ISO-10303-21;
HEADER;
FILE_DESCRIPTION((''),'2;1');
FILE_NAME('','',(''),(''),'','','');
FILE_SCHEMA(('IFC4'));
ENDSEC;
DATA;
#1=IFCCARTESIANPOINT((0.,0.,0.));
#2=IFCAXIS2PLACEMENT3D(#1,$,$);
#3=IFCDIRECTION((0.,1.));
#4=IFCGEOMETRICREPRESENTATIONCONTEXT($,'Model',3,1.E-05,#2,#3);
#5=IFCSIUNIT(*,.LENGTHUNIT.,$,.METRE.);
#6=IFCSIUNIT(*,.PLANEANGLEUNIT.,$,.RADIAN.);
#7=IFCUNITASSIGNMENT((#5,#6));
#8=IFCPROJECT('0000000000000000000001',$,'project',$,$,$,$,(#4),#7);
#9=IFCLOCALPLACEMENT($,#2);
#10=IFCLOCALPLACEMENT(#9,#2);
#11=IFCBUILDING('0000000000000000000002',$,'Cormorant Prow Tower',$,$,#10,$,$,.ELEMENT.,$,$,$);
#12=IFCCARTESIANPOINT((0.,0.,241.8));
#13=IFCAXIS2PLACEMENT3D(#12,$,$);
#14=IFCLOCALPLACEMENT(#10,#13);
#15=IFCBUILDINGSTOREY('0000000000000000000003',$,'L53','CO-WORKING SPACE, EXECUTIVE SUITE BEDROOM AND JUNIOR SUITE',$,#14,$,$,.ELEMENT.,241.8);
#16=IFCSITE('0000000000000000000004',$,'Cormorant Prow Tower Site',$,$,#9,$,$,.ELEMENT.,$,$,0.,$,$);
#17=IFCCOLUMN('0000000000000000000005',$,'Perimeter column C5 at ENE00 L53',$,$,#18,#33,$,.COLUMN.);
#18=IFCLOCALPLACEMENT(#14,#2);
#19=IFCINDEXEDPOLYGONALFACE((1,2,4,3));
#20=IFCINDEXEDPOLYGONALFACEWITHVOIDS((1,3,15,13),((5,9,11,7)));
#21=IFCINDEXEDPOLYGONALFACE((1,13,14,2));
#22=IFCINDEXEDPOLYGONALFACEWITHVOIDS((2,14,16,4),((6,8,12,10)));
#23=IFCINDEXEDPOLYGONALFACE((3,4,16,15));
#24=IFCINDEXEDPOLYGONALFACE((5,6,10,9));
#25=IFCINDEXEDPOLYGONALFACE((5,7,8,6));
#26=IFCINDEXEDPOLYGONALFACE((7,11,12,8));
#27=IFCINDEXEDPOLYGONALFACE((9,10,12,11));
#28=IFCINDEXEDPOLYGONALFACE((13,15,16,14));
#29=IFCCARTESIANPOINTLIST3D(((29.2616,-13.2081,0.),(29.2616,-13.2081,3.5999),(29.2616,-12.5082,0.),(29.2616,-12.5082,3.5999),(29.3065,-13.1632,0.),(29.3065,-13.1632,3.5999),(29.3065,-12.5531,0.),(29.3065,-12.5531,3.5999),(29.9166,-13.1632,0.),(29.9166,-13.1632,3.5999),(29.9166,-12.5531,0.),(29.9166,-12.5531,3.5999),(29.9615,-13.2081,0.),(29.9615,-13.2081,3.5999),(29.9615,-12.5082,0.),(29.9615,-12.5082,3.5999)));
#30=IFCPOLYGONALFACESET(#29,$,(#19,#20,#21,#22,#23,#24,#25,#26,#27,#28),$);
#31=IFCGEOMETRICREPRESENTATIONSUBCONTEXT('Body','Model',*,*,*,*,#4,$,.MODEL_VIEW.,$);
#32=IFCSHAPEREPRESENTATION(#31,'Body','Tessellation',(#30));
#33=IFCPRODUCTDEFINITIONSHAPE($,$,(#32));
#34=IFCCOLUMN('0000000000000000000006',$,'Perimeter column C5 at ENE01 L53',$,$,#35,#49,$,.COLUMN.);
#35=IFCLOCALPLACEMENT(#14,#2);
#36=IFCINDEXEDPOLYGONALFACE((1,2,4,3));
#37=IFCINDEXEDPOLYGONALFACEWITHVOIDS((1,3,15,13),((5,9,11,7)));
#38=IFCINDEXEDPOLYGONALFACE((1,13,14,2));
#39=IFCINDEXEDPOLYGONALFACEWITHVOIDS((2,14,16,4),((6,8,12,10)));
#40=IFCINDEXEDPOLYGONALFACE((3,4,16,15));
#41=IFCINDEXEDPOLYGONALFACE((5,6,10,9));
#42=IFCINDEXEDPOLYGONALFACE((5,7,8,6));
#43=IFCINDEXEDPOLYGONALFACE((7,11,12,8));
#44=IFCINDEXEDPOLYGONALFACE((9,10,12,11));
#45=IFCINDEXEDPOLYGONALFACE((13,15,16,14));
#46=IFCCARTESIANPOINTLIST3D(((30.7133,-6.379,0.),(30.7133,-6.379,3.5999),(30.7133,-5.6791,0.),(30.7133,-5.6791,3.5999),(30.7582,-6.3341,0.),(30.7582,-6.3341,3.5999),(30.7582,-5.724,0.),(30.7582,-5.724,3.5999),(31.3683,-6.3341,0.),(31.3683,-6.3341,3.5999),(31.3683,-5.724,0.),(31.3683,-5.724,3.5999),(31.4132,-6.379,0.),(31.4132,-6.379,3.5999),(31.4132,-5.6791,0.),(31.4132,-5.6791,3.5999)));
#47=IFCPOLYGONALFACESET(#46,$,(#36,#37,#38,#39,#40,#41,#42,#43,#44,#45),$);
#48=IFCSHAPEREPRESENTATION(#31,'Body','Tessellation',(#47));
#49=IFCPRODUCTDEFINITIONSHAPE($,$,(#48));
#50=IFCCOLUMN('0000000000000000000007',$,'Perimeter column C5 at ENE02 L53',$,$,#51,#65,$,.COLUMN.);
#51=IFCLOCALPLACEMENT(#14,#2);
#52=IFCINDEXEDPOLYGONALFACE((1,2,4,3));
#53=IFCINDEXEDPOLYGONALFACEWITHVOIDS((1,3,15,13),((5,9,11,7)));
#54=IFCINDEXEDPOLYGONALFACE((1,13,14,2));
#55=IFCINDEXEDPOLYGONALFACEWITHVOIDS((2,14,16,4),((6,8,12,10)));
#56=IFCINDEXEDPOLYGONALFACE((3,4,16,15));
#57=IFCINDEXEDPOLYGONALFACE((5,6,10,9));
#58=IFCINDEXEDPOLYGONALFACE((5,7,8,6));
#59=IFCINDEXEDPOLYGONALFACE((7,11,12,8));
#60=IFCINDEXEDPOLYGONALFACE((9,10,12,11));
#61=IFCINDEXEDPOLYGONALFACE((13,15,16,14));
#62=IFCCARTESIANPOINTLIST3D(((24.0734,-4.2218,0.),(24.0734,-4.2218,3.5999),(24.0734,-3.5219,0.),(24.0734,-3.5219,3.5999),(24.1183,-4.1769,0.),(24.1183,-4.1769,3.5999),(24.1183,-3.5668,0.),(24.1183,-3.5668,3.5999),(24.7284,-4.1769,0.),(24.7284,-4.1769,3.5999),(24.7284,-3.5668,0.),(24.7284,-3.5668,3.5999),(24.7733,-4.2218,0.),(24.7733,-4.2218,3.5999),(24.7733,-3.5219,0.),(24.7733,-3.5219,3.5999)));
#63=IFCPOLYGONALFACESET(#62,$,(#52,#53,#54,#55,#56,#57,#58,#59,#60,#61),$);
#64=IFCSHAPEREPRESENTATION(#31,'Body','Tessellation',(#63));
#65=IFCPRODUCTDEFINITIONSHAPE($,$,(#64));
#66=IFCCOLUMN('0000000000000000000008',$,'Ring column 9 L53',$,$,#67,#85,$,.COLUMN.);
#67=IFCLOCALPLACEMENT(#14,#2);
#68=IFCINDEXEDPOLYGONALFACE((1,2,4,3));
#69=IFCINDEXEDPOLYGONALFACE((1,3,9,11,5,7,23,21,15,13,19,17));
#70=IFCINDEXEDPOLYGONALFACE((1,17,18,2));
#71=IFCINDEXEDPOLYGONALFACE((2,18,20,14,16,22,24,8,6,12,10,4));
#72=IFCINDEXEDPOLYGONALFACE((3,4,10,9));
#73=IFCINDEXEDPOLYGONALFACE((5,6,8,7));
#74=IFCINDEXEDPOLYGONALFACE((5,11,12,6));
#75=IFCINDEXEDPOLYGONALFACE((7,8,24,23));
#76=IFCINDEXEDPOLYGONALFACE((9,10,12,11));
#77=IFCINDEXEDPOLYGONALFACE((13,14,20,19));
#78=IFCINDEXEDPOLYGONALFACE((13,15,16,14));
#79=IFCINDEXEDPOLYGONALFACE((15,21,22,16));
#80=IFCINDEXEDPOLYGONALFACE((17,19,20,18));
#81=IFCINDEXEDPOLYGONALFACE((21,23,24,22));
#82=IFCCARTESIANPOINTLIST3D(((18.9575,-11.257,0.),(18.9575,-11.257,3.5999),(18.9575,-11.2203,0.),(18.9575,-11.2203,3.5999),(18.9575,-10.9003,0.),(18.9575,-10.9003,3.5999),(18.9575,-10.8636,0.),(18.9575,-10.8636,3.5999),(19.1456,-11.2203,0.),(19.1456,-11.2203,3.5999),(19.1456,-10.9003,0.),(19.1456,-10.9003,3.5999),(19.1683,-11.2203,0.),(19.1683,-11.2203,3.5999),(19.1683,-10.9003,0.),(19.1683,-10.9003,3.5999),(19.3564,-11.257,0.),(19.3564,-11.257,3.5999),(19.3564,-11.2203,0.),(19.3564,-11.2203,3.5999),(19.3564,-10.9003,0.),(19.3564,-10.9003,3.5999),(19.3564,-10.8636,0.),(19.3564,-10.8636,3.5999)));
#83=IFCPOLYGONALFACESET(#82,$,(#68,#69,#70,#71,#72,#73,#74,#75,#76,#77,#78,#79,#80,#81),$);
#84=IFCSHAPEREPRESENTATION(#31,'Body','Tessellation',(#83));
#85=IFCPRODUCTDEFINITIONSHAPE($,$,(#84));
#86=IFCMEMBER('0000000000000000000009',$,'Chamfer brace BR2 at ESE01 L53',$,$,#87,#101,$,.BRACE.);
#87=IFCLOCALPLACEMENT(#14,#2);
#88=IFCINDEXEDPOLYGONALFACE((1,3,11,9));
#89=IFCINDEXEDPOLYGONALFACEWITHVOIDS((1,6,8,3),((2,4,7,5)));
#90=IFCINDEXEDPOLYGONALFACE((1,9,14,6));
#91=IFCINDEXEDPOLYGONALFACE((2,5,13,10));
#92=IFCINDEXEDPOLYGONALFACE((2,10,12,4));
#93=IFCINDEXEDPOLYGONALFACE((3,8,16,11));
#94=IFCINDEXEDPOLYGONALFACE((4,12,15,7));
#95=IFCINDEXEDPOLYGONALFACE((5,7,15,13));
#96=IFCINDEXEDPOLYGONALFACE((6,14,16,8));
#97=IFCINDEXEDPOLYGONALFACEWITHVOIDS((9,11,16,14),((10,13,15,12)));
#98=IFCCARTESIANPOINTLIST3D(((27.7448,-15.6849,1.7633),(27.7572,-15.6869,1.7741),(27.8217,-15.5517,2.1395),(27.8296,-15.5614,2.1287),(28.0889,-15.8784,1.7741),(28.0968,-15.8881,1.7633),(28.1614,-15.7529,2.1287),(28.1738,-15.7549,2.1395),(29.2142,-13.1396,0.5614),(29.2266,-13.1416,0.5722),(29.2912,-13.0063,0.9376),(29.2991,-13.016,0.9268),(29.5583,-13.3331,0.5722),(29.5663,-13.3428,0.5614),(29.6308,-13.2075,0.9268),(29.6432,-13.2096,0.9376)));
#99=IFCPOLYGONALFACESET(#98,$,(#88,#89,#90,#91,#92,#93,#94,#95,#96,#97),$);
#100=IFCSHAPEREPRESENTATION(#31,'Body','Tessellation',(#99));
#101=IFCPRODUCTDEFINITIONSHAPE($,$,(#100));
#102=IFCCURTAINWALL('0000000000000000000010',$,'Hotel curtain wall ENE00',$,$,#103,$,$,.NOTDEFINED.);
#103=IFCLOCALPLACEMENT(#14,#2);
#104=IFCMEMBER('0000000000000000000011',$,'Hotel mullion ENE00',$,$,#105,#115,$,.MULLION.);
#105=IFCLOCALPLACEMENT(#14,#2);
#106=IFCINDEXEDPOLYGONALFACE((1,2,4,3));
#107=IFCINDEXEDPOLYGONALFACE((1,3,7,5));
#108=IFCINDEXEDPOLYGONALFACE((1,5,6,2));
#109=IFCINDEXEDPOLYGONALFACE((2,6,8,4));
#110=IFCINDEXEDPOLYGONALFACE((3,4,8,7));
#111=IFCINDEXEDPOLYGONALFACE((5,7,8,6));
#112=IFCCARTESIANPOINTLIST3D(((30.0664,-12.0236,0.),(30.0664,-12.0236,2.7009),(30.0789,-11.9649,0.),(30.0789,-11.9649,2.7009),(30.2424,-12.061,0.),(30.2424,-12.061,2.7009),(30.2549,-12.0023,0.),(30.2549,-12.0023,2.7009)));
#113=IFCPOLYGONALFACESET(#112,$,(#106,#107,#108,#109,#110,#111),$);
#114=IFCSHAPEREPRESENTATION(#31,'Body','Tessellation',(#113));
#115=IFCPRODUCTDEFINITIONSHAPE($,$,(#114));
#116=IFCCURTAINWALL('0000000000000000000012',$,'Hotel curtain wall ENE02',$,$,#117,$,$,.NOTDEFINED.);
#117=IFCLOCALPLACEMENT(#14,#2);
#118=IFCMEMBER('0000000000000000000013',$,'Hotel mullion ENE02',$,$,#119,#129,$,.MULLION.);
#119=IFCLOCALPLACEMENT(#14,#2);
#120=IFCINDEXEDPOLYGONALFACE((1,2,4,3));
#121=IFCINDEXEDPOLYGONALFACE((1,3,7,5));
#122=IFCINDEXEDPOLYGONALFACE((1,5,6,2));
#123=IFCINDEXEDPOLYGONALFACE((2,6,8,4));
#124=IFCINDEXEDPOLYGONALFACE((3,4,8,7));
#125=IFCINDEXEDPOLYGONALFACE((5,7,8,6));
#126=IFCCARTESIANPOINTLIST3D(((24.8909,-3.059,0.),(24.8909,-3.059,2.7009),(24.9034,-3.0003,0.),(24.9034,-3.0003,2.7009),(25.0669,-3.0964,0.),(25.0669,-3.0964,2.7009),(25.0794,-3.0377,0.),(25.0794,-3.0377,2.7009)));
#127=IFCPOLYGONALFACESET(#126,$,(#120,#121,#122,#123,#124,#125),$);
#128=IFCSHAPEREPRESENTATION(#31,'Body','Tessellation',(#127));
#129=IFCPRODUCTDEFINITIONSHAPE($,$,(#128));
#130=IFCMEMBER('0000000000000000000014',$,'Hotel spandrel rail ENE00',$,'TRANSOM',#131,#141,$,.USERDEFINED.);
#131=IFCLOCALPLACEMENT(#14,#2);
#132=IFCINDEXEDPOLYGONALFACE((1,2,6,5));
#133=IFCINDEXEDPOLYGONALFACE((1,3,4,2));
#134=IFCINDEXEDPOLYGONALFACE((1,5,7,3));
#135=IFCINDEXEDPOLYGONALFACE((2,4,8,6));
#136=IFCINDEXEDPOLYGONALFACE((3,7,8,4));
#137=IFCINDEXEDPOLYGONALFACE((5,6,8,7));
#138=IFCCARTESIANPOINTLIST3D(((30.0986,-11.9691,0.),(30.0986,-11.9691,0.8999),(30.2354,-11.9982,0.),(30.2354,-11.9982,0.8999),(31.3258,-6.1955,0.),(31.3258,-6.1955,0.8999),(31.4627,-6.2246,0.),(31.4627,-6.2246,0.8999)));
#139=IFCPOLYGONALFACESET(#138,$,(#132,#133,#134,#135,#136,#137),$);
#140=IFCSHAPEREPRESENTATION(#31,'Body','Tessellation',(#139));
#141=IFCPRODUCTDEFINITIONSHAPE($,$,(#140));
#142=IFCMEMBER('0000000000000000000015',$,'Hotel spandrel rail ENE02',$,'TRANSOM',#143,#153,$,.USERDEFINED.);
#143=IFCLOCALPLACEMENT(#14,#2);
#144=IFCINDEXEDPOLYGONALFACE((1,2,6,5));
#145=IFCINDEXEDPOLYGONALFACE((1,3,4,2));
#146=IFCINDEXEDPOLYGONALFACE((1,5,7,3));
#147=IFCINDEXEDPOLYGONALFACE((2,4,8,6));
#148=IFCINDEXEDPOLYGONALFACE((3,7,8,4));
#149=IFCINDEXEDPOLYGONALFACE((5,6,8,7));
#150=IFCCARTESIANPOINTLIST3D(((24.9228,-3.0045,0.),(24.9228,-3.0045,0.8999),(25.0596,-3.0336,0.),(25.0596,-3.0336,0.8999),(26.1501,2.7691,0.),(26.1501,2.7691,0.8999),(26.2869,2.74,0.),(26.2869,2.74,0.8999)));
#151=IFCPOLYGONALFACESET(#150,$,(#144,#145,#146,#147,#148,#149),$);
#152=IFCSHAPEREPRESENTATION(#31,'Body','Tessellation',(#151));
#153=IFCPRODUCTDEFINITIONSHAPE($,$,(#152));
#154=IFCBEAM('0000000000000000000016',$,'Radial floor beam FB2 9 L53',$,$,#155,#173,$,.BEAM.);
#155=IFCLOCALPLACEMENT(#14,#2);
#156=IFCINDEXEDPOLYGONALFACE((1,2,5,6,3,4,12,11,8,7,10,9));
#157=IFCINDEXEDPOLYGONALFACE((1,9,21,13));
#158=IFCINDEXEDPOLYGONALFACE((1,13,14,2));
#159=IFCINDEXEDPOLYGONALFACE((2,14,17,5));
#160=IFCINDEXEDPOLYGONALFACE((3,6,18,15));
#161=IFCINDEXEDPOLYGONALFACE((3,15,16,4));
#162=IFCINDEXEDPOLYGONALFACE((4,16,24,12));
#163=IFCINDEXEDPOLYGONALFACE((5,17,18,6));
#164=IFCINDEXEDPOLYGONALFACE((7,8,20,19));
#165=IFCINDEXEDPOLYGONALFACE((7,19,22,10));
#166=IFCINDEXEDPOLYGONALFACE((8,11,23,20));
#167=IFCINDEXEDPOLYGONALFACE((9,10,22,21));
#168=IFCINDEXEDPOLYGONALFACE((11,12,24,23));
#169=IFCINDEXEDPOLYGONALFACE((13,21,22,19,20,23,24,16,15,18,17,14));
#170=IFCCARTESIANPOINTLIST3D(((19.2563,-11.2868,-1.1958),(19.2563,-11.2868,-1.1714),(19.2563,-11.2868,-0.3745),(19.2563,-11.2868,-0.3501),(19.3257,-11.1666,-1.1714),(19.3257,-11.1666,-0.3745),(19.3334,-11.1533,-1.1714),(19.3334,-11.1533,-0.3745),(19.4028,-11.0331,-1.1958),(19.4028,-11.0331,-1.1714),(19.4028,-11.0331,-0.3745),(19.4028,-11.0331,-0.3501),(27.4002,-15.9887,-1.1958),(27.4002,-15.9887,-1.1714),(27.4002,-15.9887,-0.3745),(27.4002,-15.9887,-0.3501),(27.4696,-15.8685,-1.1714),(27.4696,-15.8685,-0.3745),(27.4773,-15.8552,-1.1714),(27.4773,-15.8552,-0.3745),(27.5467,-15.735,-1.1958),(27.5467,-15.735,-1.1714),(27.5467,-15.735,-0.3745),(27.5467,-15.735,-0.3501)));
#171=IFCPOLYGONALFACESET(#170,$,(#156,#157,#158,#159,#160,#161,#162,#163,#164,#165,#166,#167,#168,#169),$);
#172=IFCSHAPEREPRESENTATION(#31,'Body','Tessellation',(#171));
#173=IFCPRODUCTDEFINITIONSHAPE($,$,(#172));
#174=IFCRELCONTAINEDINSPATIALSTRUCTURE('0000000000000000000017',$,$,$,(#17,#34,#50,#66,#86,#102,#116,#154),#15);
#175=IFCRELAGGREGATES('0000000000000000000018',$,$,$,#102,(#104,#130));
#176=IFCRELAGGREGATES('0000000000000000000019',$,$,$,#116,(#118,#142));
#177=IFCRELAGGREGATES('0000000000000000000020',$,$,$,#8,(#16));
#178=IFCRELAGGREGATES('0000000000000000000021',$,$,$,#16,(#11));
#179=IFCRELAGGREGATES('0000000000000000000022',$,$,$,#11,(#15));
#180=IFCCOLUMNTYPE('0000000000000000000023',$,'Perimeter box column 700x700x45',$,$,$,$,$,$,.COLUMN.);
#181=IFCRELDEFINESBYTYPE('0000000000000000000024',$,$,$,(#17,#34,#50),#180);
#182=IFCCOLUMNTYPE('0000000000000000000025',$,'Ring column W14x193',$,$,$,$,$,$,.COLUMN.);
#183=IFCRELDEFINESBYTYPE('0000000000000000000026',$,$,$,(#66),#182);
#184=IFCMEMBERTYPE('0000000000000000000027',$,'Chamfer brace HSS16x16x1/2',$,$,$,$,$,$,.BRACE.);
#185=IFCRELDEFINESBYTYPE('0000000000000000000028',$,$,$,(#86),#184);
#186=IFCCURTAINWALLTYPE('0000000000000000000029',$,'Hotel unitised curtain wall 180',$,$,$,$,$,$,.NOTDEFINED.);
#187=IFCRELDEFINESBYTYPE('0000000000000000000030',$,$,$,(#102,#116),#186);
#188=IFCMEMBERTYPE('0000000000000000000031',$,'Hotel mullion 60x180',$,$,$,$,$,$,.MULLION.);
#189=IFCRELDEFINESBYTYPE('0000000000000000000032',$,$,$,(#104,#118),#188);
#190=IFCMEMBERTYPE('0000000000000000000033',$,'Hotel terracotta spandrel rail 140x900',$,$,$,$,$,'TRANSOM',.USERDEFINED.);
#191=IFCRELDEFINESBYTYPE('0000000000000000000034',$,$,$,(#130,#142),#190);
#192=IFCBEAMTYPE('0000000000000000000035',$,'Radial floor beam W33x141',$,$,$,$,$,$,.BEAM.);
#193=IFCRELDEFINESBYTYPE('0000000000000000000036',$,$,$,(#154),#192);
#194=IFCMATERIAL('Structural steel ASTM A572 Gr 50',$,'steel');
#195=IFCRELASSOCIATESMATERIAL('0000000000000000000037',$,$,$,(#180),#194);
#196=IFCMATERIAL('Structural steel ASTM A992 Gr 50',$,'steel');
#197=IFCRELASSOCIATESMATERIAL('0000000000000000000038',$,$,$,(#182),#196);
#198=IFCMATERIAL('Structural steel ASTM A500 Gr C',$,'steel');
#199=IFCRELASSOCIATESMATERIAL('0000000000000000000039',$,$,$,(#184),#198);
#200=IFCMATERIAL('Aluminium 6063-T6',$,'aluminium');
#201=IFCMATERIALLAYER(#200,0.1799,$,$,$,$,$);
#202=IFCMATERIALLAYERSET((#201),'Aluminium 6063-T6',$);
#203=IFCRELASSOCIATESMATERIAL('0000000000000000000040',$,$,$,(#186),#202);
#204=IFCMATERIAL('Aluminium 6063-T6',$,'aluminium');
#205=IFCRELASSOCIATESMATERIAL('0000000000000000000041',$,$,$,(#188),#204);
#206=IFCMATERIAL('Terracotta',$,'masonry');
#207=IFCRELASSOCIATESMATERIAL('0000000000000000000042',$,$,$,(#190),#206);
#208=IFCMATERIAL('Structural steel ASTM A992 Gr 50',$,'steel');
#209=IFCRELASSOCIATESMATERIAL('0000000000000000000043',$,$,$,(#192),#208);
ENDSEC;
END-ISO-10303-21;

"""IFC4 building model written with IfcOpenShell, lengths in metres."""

from ifc_helpers import new_model, si_unit, direction, frame, origin, origin_2d, place, context, subcontext, project, spatial, rectangle, hollow_rectangle, i_section, extrude, material, layer, layer_set, material_profile, profile_set, type_object, element, aggregate, save


model = new_model("IFC4")

# Units and contexts
model_context = context("Model", 3, precision=1e-05, world=origin(), true_north=direction((0.0, 1.0)))
body_context = subcontext(model_context, "Body", "Model", "MODEL_VIEW")
ifc_project = project(units=[si_unit("LENGTHUNIT", "METRE"), si_unit("PLANEANGLEUNIT", "RADIAN")], contexts=[model_context])

# Site, building, storey
site_placement = place(None, origin())
site = spatial("IfcSite", under=ifc_project, at=site_placement, Name="Cormorant Prow Tower Site", CompositionType="ELEMENT", RefElevation=0.0)
building_placement = place(site_placement, origin())
building = spatial("IfcBuilding", under=site, at=building_placement, Name="Cormorant Prow Tower", CompositionType="ELEMENT")
storey_placement = place(building_placement, frame((0.0, 0.0, 241.8)))
storey = spatial("IfcBuildingStorey", under=building, at=storey_placement, Name="L53", Description="CO-WORKING SPACE, EXECUTIVE SUITE BEDROOM AND JUNIOR SUITE", CompositionType="ELEMENT", Elevation=241.8)

# Columns
ifc_material_1 = material(Name="Structural steel ASTM A572 Gr 50", Category="steel")
ifc_material_profile_1 = material_profile(ifc_material_1, hollow_rectangle(XDim=0.7, YDim=0.7, WallThickness=0.0449, at=origin_2d()), Name="Box 700x700x45")
ifc_profile_set_1 = profile_set([ifc_material_profile_1], Name="Structural steel ASTM A572 Gr 50")
column_type_1 = type_object("IfcColumnType", Name="Perimeter box column 700x700x45", PredefinedType="COLUMN", material=ifc_profile_set_1)
for number, where, z_axis, x_axis, name in (
    (1, (29.6116, -12.8582, 0.0), (0.0, 0.0, 1.0), (1.0, 0.0, 0.0), "Perimeter column C5 at ENE00 L53"),
    (2, (31.0632, -6.0291, 0.0), (0.0, 0.0, 1.0), (1.0, 0.0, 0.0), "Perimeter column C5 at ENE01 L53"),
    (3, (24.4233, -3.8718, 0.0), (0.0, 0.0, 1.0), (1.0, 0.0, 0.0), "Perimeter column C5 at ENE02 L53"),
):
    element("IfcColumn", number, at=place(storey_placement, frame(where, z_axis=z_axis, x_axis=x_axis)), inside=storey, type_object=column_type_1, Name=name, PredefinedType="COLUMN", context=body_context, shape_type="SweptSolid", body=[
        extrude(hollow_rectangle(XDim=0.7, YDim=0.7, WallThickness=0.0449, at=origin_2d()), origin(), (0.0, 0.0, 1.0), 3.5999),
    ])
ifc_material_2 = material(Name="Structural steel ASTM A992 Gr 50", Category="steel")
ifc_material_profile_2 = material_profile(ifc_material_2, i_section(OverallWidth=0.3989, OverallDepth=0.3933, WebThickness=0.0227, FlangeThickness=0.0366, at=origin_2d()), Name="W14x193")
ifc_profile_set_2 = profile_set([ifc_material_profile_2], Name="Structural steel ASTM A992 Gr 50")
column_type_2 = type_object("IfcColumnType", Name="Ring column W14x193", PredefinedType="COLUMN", material=ifc_profile_set_2)
column_placement = place(storey_placement, frame((19.157, -11.0603, 0.0), z_axis=(0.0, 0.0, 1.0), x_axis=(1.0, 0.0, 0.0)))
element("IfcColumn", 4, at=column_placement, inside=storey, type_object=column_type_2, Name="Ring column 9 L53", PredefinedType="COLUMN", context=body_context, shape_type="SweptSolid", body=[
    extrude(i_section(OverallWidth=0.3989, OverallDepth=0.3933, WebThickness=0.0227, FlangeThickness=0.0366, at=origin_2d()), origin(), (0.0, 0.0, 1.0), 3.5999),
])

# Member
ifc_material_3 = material(Name="Structural steel ASTM A500 Gr C", Category="steel")
ifc_material_profile_3 = material_profile(ifc_material_3, hollow_rectangle(XDim=0.4065, YDim=0.4065, WallThickness=0.0117, at=origin_2d()), Name="HSS16x16x1/2")
ifc_profile_set_3 = profile_set([ifc_material_profile_3], Name="Structural steel ASTM A500 Gr C")
member_type_1 = type_object("IfcMemberType", Name="Chamfer brace HSS16x16x1/2", PredefinedType="BRACE", material=ifc_profile_set_3)
member_1_placement = place(storey_placement, frame((29.4287, -13.1746, 0.7495), z_axis=(-0.462773, -0.801607, 0.378507), x_axis=(0.866042, -0.499972, 0.0)))
element("IfcMember", 5, at=member_1_placement, inside=storey, type_object=member_type_1, Name="Chamfer brace BR2 at ESE01 L53", PredefinedType="BRACE", context=body_context, shape_type="SweptSolid", body=[
    extrude(hollow_rectangle(XDim=0.4065, YDim=0.4065, WallThickness=0.0117, at=origin_2d()), origin(), (0.0, 0.0, 1.0), 3.1753),
])

# Curtain walls, members
ifc_material_4 = material(Name="Aluminium 6063-T6", Category="aluminium")
ifc_layer_1 = layer(ifc_material_4, 0.1799)
ifc_layer_set_1 = layer_set([ifc_layer_1], Name="Aluminium 6063-T6")
curtain_wall_type = type_object("IfcCurtainWallType", Name="Hotel unitised curtain wall 180", PredefinedType="NOTDEFINED", material=ifc_layer_set_1)
curtain_wall_1_placement = place(storey_placement, origin())
curtain_wall_1 = element("IfcCurtainWall", 6, at=curtain_wall_1_placement, inside=storey, type_object=curtain_wall_type, Name="Hotel curtain wall ENE00", PredefinedType="NOTDEFINED")
ifc_material_5 = material(Name="Aluminium 6063-T6", Category="aluminium")
ifc_material_profile_4 = material_profile(ifc_material_5, rectangle(XDim=0.1799, YDim=0.0601, at=origin_2d()), Name="Hotel mullion 60x180")
ifc_profile_set_4 = profile_set([ifc_material_profile_4], Name="Aluminium 6063-T6")
member_type_2 = type_object("IfcMemberType", Name="Hotel mullion 60x180", PredefinedType="MULLION", material=ifc_profile_set_4)
member_2_placement = place(storey_placement, frame((30.1606, -12.0129, 0.0), z_axis=(0.0, 0.0, 1.0), x_axis=(-0.978148, 0.207912, 0.0)))
member_2 = element("IfcMember", 7, at=member_2_placement, type_object=member_type_2, Name="Hotel mullion ENE00", PredefinedType="MULLION", context=body_context, shape_type="SweptSolid", body=[
    extrude(rectangle(XDim=0.1799, YDim=0.0601, at=origin_2d()), origin(), (0.0, 0.0, 1.0), 2.7009),
])
curtain_wall_2_placement = place(storey_placement, origin())
curtain_wall_2 = element("IfcCurtainWall", 8, at=curtain_wall_2_placement, inside=storey, type_object=curtain_wall_type, Name="Hotel curtain wall ENE02", PredefinedType="NOTDEFINED")
member_3_placement = place(storey_placement, frame((24.9851, -3.0483, 0.0), z_axis=(0.0, 0.0, 1.0), x_axis=(-0.978148, 0.207912, 0.0)))
member_3 = element("IfcMember", 9, at=member_3_placement, type_object=member_type_2, Name="Hotel mullion ENE02", PredefinedType="MULLION", context=body_context, shape_type="SweptSolid", body=[
    extrude(rectangle(XDim=0.1799, YDim=0.0601, at=origin_2d()), origin(), (0.0, 0.0, 1.0), 2.7009),
])

# Members
ifc_material_6 = material(Name="Terracotta", Category="masonry")
ifc_material_profile_5 = material_profile(ifc_material_6, rectangle(XDim=0.1399, YDim=0.8999, at=origin_2d()), Name="Hotel terracotta spandrel rail 140x900")
ifc_profile_set_5 = profile_set([ifc_material_profile_5], Name="Terracotta")
member_type_3 = type_object("IfcMemberType", Name="Hotel terracotta spandrel rail 140x900", ElementType="TRANSOM", PredefinedType="USERDEFINED", material=ifc_profile_set_5)
member_4_placement = place(storey_placement, frame((30.167, -11.9836, 0.45), z_axis=(0.207922, 0.978145, 0.0), x_axis=(-0.978145, 0.207922, 0.0)))
member_4 = element("IfcMember", 10, at=member_4_placement, type_object=member_type_3, Name="Hotel spandrel rail ENE00", ObjectType="TRANSOM", PredefinedType="USERDEFINED", context=body_context, shape_type="SweptSolid", body=[
    extrude(rectangle(XDim=0.1399, YDim=0.8999, at=origin_2d()), origin(), (0.0, 0.0, 1.0), 5.9026),
])
member_5_placement = place(storey_placement, frame((24.9912, -3.019, 0.45), z_axis=(0.207922, 0.978145, 0.0), x_axis=(-0.978145, 0.207922, 0.0)))
member_5 = element("IfcMember", 11, at=member_5_placement, type_object=member_type_3, Name="Hotel spandrel rail ENE02", ObjectType="TRANSOM", PredefinedType="USERDEFINED", context=body_context, shape_type="SweptSolid", body=[
    extrude(rectangle(XDim=0.1399, YDim=0.8999, at=origin_2d()), origin(), (0.0, 0.0, 1.0), 5.9026),
])

# Beam
ifc_material_7 = material(Name="Structural steel ASTM A992 Gr 50", Category="steel")
ifc_material_profile_6 = material_profile(ifc_material_7, i_section(OverallWidth=0.293, OverallDepth=0.8457, WebThickness=0.0154, FlangeThickness=0.0244, at=origin_2d()), Name="W33x141")
ifc_profile_set_6 = profile_set([ifc_material_profile_6], Name="Structural steel ASTM A992 Gr 50")
beam_type_1 = type_object("IfcBeamType", Name="Radial floor beam W33x141", PredefinedType="BEAM", material=ifc_profile_set_6)
beam_placement = place(storey_placement, frame((19.3296, -11.1599, -0.7729), z_axis=(0.866022, -0.500006, 0.0), x_axis=(0.500006, 0.866022, 0.0)))
element("IfcBeam", 12, at=beam_placement, inside=storey, type_object=beam_type_1, Name="Radial floor beam FB2 9 L53", PredefinedType="BEAM", context=body_context, shape_type="SweptSolid", body=[
    extrude(i_section(OverallWidth=0.293, OverallDepth=0.8457, WebThickness=0.0154, FlangeThickness=0.0244, at=origin_2d()), origin(), (0.0, 0.0, 1.0), 9.4038),
])

aggregate(curtain_wall_1, [member_2, member_4])
aggregate(curtain_wall_2, [member_3, member_5])

save(model, "model.ifc")
